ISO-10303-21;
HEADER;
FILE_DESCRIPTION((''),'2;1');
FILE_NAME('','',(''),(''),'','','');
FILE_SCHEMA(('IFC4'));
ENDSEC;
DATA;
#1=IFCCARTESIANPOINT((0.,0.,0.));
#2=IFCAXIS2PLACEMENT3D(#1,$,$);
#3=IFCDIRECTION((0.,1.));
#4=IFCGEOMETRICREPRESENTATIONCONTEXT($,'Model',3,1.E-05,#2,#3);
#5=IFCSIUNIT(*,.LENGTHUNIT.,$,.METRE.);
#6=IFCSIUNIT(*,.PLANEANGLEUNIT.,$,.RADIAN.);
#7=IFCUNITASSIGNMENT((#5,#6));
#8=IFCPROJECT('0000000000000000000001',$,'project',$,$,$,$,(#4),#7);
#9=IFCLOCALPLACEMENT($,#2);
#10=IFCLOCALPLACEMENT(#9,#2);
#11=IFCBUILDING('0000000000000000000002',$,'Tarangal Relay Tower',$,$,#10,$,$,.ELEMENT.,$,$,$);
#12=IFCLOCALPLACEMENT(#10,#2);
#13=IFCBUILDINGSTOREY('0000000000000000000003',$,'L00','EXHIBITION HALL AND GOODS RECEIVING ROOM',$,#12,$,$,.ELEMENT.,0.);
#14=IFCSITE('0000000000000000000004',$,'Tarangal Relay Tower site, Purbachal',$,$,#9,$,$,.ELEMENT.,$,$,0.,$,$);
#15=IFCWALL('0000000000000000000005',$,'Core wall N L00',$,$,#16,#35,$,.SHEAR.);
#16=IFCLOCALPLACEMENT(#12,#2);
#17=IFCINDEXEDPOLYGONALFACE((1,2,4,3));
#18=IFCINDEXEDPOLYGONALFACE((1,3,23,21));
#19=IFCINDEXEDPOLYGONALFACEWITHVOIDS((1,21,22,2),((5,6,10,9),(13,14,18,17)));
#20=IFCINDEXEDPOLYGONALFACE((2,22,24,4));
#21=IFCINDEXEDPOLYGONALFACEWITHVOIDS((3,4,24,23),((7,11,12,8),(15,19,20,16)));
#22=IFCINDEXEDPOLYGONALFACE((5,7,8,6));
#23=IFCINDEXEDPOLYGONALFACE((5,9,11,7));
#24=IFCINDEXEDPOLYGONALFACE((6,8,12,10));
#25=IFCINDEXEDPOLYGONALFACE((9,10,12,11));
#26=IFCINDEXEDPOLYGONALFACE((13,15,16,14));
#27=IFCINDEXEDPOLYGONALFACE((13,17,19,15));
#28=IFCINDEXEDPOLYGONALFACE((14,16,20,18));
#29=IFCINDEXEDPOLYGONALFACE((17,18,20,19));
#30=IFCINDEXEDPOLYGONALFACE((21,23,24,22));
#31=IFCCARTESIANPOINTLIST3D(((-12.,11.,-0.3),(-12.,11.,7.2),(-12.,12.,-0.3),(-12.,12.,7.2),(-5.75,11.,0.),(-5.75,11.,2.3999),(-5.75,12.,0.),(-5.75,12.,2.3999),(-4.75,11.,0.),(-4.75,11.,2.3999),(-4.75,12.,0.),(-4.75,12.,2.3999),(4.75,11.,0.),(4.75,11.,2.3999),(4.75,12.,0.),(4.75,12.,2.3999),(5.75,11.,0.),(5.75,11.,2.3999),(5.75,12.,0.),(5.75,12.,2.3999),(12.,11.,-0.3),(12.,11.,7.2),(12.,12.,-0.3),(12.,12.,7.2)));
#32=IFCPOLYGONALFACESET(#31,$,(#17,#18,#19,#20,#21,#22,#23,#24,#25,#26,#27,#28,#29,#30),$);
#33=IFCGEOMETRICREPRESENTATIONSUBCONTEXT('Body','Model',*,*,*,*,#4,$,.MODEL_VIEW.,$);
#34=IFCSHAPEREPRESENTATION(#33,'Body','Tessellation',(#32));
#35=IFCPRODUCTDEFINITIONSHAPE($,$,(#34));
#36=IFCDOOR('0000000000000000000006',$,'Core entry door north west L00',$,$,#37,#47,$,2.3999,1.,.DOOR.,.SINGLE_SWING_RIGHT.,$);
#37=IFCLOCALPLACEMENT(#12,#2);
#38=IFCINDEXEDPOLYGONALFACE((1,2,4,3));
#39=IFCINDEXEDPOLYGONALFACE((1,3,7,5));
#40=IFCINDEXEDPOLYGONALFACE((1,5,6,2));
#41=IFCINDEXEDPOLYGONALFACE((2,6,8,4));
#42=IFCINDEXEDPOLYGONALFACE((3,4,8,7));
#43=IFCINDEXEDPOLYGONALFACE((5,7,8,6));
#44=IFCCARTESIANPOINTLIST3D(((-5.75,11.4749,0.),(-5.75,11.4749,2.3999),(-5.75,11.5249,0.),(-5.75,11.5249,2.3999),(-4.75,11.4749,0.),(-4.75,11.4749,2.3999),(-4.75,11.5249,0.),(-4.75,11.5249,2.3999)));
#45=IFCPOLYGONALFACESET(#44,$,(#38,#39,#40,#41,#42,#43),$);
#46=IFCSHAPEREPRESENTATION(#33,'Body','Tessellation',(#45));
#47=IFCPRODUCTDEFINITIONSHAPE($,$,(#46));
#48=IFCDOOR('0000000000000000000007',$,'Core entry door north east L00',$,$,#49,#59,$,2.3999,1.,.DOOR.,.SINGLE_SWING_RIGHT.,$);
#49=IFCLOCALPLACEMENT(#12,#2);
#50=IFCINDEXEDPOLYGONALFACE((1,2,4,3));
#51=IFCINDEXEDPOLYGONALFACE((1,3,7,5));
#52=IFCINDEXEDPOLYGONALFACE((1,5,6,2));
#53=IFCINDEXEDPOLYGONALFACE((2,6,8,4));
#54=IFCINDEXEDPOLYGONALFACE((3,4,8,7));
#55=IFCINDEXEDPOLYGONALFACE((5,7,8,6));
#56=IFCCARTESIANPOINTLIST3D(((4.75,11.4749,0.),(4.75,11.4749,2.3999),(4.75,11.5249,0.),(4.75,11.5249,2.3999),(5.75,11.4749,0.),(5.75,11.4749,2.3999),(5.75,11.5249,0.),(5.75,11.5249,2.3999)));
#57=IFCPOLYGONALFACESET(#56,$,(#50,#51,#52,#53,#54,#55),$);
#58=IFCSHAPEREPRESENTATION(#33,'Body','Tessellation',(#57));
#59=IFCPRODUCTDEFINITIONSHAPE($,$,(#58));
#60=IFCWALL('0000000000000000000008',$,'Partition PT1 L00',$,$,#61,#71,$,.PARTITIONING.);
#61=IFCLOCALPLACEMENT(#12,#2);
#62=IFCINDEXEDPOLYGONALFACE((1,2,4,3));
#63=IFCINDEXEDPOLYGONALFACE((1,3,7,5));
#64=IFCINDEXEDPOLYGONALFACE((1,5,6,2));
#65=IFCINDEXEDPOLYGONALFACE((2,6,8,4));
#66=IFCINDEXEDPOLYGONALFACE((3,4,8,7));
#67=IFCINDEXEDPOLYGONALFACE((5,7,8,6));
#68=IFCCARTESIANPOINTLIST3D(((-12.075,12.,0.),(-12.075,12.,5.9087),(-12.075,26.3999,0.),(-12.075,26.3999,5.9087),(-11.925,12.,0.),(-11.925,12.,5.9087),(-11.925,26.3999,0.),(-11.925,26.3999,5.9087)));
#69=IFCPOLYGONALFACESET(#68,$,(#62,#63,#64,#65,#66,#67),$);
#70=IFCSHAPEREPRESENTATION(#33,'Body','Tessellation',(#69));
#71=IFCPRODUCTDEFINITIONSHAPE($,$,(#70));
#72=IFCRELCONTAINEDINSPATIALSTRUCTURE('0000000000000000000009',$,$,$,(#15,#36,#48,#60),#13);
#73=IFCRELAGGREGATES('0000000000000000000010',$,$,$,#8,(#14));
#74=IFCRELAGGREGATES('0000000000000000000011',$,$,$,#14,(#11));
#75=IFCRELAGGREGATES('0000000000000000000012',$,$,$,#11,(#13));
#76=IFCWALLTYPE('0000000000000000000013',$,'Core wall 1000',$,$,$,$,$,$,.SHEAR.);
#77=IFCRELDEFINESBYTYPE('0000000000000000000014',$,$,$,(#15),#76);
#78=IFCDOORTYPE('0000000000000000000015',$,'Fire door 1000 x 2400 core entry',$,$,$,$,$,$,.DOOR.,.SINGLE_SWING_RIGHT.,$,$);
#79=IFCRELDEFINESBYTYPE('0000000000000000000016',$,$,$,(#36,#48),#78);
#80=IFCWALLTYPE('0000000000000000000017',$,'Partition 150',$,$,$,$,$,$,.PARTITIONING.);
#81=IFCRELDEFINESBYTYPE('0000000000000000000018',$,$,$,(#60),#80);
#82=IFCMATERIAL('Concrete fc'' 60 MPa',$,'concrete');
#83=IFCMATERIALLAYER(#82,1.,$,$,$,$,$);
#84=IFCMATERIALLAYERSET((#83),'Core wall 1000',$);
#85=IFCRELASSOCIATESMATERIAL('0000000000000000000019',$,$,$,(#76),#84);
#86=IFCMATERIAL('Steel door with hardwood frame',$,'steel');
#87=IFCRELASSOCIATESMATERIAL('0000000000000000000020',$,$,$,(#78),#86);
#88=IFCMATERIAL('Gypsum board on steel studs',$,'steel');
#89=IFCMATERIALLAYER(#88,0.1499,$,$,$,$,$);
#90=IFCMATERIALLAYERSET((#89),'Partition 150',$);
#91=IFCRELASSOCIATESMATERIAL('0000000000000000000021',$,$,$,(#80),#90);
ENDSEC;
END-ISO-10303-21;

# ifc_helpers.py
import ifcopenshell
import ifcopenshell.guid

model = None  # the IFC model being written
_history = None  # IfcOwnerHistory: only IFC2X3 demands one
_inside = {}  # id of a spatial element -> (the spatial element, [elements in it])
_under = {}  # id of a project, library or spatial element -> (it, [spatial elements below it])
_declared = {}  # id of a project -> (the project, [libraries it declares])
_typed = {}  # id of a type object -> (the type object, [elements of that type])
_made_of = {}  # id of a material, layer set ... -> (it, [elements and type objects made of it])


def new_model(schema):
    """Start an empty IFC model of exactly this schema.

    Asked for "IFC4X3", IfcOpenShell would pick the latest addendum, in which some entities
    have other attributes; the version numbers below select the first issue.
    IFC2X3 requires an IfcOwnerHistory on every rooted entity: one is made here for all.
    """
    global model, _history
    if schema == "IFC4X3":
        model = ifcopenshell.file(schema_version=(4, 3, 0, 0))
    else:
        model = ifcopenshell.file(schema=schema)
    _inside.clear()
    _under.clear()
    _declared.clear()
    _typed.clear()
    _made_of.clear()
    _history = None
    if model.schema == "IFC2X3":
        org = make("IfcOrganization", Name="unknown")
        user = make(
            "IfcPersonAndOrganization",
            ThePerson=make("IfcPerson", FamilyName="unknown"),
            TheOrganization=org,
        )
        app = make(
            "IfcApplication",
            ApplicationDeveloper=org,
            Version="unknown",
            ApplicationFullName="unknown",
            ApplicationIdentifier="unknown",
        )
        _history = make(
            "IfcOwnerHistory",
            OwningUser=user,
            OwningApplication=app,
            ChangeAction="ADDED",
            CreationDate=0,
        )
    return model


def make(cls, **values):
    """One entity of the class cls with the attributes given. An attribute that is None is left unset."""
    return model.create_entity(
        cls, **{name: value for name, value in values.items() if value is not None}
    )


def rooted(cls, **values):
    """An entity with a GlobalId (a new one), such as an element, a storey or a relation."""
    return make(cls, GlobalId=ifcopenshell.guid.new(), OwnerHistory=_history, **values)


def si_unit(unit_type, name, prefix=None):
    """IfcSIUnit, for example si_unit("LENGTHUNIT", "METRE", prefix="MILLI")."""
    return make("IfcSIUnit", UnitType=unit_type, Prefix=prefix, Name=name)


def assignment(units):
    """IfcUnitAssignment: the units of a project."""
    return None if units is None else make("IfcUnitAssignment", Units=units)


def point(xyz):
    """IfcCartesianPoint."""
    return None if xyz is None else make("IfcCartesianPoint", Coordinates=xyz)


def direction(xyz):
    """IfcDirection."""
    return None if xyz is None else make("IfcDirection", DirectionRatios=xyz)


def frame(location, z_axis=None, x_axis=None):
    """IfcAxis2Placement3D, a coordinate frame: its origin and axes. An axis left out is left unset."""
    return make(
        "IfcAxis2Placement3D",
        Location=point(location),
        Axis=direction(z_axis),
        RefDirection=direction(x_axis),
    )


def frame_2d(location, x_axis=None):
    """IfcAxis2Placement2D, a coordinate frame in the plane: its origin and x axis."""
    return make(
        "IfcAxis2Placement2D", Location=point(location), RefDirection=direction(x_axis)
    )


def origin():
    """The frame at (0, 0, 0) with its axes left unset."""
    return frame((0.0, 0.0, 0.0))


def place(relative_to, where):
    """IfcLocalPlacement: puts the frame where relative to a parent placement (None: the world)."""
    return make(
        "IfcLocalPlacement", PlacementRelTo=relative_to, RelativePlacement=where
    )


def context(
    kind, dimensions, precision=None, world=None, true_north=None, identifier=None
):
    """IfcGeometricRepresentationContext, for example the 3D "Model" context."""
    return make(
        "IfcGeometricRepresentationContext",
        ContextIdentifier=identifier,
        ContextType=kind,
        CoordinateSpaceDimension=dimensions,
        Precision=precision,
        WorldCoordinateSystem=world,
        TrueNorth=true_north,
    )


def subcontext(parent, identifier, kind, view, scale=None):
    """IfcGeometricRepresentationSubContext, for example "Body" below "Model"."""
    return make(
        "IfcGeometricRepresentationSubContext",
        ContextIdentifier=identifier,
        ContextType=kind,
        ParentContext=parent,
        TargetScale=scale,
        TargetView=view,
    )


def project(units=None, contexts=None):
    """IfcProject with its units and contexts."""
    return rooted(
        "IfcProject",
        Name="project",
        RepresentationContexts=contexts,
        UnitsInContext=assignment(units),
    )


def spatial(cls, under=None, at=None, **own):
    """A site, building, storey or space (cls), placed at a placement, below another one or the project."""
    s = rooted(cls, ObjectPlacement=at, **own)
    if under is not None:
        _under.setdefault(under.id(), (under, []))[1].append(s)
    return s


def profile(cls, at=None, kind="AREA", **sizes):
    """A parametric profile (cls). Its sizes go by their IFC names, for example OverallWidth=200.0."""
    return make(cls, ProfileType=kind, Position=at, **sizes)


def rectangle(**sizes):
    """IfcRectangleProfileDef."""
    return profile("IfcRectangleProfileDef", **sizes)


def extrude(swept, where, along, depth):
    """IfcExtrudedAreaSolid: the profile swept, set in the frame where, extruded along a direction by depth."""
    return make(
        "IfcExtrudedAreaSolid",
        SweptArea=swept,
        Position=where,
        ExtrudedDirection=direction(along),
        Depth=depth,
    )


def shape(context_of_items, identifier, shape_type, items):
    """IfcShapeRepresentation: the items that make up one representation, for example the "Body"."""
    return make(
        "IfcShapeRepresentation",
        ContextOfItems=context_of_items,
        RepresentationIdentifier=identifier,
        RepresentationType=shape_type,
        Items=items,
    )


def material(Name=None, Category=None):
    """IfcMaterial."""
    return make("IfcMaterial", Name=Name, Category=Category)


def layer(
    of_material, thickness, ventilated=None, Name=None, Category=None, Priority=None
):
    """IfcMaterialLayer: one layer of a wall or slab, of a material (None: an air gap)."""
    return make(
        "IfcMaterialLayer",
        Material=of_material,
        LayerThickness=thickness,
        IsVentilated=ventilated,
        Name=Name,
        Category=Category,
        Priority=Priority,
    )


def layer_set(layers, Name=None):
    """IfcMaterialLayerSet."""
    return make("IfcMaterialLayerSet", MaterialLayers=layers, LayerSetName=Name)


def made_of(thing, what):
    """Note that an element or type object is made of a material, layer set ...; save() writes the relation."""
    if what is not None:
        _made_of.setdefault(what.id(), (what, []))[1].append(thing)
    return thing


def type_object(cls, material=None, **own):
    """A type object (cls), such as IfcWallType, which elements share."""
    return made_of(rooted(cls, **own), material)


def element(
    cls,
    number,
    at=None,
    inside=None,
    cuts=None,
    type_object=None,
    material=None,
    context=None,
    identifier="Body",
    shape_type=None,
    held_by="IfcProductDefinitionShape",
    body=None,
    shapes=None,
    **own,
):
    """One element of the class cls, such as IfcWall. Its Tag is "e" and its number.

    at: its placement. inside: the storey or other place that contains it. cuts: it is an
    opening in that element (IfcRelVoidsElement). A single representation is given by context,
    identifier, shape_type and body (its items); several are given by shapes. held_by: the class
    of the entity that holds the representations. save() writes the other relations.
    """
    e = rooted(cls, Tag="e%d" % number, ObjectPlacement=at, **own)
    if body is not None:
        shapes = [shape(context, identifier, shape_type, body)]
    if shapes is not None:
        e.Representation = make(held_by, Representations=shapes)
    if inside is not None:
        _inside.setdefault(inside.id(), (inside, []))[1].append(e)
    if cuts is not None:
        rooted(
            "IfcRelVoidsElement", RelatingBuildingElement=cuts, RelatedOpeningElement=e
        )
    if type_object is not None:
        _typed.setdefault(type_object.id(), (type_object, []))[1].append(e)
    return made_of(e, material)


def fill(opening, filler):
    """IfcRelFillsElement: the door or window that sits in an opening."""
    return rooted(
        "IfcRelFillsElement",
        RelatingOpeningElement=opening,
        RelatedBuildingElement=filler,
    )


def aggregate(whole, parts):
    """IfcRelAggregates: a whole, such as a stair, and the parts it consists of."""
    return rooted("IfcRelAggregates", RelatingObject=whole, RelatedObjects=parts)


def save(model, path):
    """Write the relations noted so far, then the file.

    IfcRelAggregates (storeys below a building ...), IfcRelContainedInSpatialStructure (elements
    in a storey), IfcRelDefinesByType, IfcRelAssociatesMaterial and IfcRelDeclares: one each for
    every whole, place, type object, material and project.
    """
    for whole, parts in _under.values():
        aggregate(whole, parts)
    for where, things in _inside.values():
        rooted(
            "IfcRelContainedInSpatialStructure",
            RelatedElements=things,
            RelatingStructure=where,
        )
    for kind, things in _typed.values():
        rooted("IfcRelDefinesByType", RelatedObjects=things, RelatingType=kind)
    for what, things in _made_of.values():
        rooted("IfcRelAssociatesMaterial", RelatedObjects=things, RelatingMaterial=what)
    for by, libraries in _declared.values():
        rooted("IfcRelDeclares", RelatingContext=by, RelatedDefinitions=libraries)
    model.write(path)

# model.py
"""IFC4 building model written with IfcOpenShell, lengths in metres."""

from ifc_helpers import new_model, si_unit, direction, frame, frame_2d, origin, place, context, subcontext, project, spatial, rectangle, extrude, material, layer, layer_set, type_object, element, fill, save


model = new_model("IFC4")

# Units and contexts
model_context = context("Model", 3, precision=1e-05, world=origin(), true_north=direction((0.0, 1.0)))
body_context = subcontext(model_context, "Body", "Model", "MODEL_VIEW")
ifc_project = project(units=[si_unit("LENGTHUNIT", "METRE"), si_unit("PLANEANGLEUNIT", "RADIAN")], contexts=[model_context])

# Site, building, storey
site_placement = place(None, origin())
site = spatial("IfcSite", under=ifc_project, at=site_placement, Name="Tarangal Relay Tower site, Purbachal", CompositionType="ELEMENT", RefElevation=0.0)
building_placement = place(site_placement, origin())
building = spatial("IfcBuilding", under=site, at=building_placement, Name="Tarangal Relay Tower", CompositionType="ELEMENT")
storey_placement = place(building_placement, origin())
storey = spatial("IfcBuildingStorey", under=building, at=storey_placement, Name="L00", Description="EXHIBITION HALL AND GOODS RECEIVING ROOM", CompositionType="ELEMENT", Elevation=0.0)

# Wall, openings, doors
ifc_material_1 = material(Name="Concrete fc' 60 MPa", Category="concrete")
ifc_layer_1 = layer(ifc_material_1, 1.0)
ifc_layer_set_1 = layer_set([ifc_layer_1], Name="Core wall 1000")
wall_type_1 = type_object("IfcWallType", Name="Core wall 1000", PredefinedType="SHEAR", material=ifc_layer_set_1)
wall_1_placement = place(storey_placement, frame((-12.0, 11.5, -0.3), z_axis=(0.0, 0.0, 1.0), x_axis=(1.0, 0.0, 0.0)))
wall_1 = element("IfcWall", 1, at=wall_1_placement, inside=storey, type_object=wall_type_1, Name="Core wall N L00", PredefinedType="SHEAR", context=body_context, shape_type="SweptSolid", body=[
    extrude(rectangle(XDim=24.0, YDim=1.0, at=frame_2d((12.0, 0.0))), origin(), (0.0, 0.0, 1.0), 7.5),
])
opening_1_placement = place(wall_1_placement, frame((6.25, 0.0, 0.3)))
opening_1 = element("IfcOpeningElement", 2, at=opening_1_placement, cuts=wall_1, PredefinedType="OPENING", context=body_context, shape_type="SweptSolid", body=[
    extrude(rectangle(XDim=1.0, YDim=2.3999, at=frame_2d((0.5, 1.2))), frame((0.0, 0.51, 0.0), z_axis=(0.0, -1.0, 0.0), x_axis=(1.0, 0.0, 0.0)), (0.0, 0.0, 1.0), 1.02),
])
opening_2_placement = place(wall_1_placement, frame((16.75, 0.0, 0.3)))
opening_2 = element("IfcOpeningElement", 3, at=opening_2_placement, cuts=wall_1, PredefinedType="OPENING", context=body_context, shape_type="SweptSolid", body=[
    extrude(rectangle(XDim=1.0, YDim=2.3999, at=frame_2d((0.5, 1.2))), frame((0.0, 0.51, 0.0), z_axis=(0.0, -1.0, 0.0), x_axis=(1.0, 0.0, 0.0)), (0.0, 0.0, 1.0), 1.02),
])
ifc_material_2 = material(Name="Steel door with hardwood frame", Category="steel")
door_type = type_object("IfcDoorType", Name="Fire door 1000 x 2400 core entry", OperationType="SINGLE_SWING_RIGHT", PredefinedType="DOOR", material=ifc_material_2)
door_1_placement = place(opening_1_placement, origin())
door_1 = element("IfcDoor", 4, at=door_1_placement, inside=storey, type_object=door_type, Name="Core entry door north west L00", OperationType="SINGLE_SWING_RIGHT", OverallHeight=2.3999, OverallWidth=1.0, PredefinedType="DOOR", context=body_context, shape_type="SweptSolid", body=[
    extrude(rectangle(XDim=1.0, YDim=2.3999, at=frame_2d((0.5, 1.2))), frame((0.0, 0.0249, 0.0), z_axis=(0.0, -1.0, 0.0), x_axis=(1.0, 0.0, 0.0)), (0.0, 0.0, 1.0), 0.05),
])
fill(opening_1, door_1)
door_2_placement = place(opening_2_placement, origin())
door_2 = element("IfcDoor", 5, at=door_2_placement, inside=storey, type_object=door_type, Name="Core entry door north east L00", OperationType="SINGLE_SWING_RIGHT", OverallHeight=2.3999, OverallWidth=1.0, PredefinedType="DOOR", context=body_context, shape_type="SweptSolid", body=[
    extrude(rectangle(XDim=1.0, YDim=2.3999, at=frame_2d((0.5, 1.2))), frame((0.0, 0.0249, 0.0), z_axis=(0.0, -1.0, 0.0), x_axis=(1.0, 0.0, 0.0)), (0.0, 0.0, 1.0), 0.05),
])
fill(opening_2, door_2)

# Wall
ifc_material_3 = material(Name="Gypsum board on steel studs", Category="steel")
ifc_layer_2 = layer(ifc_material_3, 0.1499)
ifc_layer_set_2 = layer_set([ifc_layer_2], Name="Partition 150")
wall_type_2 = type_object("IfcWallType", Name="Partition 150", PredefinedType="PARTITIONING", material=ifc_layer_set_2)
wall_2_placement = place(storey_placement, frame((-12.0, 12.0, 0.0), z_axis=(0.0, 0.0, 1.0), x_axis=(0.0, 1.0, 0.0)))
element("IfcWall", 6, at=wall_2_placement, inside=storey, type_object=wall_type_2, Name="Partition PT1 L00", PredefinedType="PARTITIONING", context=body_context, shape_type="SweptSolid", body=[
    extrude(rectangle(XDim=14.3999, YDim=0.1499, at=frame_2d((7.2, 0.0))), origin(), (0.0, 0.0, 1.0), 5.9087),
])

save(model, "model.ifc")
